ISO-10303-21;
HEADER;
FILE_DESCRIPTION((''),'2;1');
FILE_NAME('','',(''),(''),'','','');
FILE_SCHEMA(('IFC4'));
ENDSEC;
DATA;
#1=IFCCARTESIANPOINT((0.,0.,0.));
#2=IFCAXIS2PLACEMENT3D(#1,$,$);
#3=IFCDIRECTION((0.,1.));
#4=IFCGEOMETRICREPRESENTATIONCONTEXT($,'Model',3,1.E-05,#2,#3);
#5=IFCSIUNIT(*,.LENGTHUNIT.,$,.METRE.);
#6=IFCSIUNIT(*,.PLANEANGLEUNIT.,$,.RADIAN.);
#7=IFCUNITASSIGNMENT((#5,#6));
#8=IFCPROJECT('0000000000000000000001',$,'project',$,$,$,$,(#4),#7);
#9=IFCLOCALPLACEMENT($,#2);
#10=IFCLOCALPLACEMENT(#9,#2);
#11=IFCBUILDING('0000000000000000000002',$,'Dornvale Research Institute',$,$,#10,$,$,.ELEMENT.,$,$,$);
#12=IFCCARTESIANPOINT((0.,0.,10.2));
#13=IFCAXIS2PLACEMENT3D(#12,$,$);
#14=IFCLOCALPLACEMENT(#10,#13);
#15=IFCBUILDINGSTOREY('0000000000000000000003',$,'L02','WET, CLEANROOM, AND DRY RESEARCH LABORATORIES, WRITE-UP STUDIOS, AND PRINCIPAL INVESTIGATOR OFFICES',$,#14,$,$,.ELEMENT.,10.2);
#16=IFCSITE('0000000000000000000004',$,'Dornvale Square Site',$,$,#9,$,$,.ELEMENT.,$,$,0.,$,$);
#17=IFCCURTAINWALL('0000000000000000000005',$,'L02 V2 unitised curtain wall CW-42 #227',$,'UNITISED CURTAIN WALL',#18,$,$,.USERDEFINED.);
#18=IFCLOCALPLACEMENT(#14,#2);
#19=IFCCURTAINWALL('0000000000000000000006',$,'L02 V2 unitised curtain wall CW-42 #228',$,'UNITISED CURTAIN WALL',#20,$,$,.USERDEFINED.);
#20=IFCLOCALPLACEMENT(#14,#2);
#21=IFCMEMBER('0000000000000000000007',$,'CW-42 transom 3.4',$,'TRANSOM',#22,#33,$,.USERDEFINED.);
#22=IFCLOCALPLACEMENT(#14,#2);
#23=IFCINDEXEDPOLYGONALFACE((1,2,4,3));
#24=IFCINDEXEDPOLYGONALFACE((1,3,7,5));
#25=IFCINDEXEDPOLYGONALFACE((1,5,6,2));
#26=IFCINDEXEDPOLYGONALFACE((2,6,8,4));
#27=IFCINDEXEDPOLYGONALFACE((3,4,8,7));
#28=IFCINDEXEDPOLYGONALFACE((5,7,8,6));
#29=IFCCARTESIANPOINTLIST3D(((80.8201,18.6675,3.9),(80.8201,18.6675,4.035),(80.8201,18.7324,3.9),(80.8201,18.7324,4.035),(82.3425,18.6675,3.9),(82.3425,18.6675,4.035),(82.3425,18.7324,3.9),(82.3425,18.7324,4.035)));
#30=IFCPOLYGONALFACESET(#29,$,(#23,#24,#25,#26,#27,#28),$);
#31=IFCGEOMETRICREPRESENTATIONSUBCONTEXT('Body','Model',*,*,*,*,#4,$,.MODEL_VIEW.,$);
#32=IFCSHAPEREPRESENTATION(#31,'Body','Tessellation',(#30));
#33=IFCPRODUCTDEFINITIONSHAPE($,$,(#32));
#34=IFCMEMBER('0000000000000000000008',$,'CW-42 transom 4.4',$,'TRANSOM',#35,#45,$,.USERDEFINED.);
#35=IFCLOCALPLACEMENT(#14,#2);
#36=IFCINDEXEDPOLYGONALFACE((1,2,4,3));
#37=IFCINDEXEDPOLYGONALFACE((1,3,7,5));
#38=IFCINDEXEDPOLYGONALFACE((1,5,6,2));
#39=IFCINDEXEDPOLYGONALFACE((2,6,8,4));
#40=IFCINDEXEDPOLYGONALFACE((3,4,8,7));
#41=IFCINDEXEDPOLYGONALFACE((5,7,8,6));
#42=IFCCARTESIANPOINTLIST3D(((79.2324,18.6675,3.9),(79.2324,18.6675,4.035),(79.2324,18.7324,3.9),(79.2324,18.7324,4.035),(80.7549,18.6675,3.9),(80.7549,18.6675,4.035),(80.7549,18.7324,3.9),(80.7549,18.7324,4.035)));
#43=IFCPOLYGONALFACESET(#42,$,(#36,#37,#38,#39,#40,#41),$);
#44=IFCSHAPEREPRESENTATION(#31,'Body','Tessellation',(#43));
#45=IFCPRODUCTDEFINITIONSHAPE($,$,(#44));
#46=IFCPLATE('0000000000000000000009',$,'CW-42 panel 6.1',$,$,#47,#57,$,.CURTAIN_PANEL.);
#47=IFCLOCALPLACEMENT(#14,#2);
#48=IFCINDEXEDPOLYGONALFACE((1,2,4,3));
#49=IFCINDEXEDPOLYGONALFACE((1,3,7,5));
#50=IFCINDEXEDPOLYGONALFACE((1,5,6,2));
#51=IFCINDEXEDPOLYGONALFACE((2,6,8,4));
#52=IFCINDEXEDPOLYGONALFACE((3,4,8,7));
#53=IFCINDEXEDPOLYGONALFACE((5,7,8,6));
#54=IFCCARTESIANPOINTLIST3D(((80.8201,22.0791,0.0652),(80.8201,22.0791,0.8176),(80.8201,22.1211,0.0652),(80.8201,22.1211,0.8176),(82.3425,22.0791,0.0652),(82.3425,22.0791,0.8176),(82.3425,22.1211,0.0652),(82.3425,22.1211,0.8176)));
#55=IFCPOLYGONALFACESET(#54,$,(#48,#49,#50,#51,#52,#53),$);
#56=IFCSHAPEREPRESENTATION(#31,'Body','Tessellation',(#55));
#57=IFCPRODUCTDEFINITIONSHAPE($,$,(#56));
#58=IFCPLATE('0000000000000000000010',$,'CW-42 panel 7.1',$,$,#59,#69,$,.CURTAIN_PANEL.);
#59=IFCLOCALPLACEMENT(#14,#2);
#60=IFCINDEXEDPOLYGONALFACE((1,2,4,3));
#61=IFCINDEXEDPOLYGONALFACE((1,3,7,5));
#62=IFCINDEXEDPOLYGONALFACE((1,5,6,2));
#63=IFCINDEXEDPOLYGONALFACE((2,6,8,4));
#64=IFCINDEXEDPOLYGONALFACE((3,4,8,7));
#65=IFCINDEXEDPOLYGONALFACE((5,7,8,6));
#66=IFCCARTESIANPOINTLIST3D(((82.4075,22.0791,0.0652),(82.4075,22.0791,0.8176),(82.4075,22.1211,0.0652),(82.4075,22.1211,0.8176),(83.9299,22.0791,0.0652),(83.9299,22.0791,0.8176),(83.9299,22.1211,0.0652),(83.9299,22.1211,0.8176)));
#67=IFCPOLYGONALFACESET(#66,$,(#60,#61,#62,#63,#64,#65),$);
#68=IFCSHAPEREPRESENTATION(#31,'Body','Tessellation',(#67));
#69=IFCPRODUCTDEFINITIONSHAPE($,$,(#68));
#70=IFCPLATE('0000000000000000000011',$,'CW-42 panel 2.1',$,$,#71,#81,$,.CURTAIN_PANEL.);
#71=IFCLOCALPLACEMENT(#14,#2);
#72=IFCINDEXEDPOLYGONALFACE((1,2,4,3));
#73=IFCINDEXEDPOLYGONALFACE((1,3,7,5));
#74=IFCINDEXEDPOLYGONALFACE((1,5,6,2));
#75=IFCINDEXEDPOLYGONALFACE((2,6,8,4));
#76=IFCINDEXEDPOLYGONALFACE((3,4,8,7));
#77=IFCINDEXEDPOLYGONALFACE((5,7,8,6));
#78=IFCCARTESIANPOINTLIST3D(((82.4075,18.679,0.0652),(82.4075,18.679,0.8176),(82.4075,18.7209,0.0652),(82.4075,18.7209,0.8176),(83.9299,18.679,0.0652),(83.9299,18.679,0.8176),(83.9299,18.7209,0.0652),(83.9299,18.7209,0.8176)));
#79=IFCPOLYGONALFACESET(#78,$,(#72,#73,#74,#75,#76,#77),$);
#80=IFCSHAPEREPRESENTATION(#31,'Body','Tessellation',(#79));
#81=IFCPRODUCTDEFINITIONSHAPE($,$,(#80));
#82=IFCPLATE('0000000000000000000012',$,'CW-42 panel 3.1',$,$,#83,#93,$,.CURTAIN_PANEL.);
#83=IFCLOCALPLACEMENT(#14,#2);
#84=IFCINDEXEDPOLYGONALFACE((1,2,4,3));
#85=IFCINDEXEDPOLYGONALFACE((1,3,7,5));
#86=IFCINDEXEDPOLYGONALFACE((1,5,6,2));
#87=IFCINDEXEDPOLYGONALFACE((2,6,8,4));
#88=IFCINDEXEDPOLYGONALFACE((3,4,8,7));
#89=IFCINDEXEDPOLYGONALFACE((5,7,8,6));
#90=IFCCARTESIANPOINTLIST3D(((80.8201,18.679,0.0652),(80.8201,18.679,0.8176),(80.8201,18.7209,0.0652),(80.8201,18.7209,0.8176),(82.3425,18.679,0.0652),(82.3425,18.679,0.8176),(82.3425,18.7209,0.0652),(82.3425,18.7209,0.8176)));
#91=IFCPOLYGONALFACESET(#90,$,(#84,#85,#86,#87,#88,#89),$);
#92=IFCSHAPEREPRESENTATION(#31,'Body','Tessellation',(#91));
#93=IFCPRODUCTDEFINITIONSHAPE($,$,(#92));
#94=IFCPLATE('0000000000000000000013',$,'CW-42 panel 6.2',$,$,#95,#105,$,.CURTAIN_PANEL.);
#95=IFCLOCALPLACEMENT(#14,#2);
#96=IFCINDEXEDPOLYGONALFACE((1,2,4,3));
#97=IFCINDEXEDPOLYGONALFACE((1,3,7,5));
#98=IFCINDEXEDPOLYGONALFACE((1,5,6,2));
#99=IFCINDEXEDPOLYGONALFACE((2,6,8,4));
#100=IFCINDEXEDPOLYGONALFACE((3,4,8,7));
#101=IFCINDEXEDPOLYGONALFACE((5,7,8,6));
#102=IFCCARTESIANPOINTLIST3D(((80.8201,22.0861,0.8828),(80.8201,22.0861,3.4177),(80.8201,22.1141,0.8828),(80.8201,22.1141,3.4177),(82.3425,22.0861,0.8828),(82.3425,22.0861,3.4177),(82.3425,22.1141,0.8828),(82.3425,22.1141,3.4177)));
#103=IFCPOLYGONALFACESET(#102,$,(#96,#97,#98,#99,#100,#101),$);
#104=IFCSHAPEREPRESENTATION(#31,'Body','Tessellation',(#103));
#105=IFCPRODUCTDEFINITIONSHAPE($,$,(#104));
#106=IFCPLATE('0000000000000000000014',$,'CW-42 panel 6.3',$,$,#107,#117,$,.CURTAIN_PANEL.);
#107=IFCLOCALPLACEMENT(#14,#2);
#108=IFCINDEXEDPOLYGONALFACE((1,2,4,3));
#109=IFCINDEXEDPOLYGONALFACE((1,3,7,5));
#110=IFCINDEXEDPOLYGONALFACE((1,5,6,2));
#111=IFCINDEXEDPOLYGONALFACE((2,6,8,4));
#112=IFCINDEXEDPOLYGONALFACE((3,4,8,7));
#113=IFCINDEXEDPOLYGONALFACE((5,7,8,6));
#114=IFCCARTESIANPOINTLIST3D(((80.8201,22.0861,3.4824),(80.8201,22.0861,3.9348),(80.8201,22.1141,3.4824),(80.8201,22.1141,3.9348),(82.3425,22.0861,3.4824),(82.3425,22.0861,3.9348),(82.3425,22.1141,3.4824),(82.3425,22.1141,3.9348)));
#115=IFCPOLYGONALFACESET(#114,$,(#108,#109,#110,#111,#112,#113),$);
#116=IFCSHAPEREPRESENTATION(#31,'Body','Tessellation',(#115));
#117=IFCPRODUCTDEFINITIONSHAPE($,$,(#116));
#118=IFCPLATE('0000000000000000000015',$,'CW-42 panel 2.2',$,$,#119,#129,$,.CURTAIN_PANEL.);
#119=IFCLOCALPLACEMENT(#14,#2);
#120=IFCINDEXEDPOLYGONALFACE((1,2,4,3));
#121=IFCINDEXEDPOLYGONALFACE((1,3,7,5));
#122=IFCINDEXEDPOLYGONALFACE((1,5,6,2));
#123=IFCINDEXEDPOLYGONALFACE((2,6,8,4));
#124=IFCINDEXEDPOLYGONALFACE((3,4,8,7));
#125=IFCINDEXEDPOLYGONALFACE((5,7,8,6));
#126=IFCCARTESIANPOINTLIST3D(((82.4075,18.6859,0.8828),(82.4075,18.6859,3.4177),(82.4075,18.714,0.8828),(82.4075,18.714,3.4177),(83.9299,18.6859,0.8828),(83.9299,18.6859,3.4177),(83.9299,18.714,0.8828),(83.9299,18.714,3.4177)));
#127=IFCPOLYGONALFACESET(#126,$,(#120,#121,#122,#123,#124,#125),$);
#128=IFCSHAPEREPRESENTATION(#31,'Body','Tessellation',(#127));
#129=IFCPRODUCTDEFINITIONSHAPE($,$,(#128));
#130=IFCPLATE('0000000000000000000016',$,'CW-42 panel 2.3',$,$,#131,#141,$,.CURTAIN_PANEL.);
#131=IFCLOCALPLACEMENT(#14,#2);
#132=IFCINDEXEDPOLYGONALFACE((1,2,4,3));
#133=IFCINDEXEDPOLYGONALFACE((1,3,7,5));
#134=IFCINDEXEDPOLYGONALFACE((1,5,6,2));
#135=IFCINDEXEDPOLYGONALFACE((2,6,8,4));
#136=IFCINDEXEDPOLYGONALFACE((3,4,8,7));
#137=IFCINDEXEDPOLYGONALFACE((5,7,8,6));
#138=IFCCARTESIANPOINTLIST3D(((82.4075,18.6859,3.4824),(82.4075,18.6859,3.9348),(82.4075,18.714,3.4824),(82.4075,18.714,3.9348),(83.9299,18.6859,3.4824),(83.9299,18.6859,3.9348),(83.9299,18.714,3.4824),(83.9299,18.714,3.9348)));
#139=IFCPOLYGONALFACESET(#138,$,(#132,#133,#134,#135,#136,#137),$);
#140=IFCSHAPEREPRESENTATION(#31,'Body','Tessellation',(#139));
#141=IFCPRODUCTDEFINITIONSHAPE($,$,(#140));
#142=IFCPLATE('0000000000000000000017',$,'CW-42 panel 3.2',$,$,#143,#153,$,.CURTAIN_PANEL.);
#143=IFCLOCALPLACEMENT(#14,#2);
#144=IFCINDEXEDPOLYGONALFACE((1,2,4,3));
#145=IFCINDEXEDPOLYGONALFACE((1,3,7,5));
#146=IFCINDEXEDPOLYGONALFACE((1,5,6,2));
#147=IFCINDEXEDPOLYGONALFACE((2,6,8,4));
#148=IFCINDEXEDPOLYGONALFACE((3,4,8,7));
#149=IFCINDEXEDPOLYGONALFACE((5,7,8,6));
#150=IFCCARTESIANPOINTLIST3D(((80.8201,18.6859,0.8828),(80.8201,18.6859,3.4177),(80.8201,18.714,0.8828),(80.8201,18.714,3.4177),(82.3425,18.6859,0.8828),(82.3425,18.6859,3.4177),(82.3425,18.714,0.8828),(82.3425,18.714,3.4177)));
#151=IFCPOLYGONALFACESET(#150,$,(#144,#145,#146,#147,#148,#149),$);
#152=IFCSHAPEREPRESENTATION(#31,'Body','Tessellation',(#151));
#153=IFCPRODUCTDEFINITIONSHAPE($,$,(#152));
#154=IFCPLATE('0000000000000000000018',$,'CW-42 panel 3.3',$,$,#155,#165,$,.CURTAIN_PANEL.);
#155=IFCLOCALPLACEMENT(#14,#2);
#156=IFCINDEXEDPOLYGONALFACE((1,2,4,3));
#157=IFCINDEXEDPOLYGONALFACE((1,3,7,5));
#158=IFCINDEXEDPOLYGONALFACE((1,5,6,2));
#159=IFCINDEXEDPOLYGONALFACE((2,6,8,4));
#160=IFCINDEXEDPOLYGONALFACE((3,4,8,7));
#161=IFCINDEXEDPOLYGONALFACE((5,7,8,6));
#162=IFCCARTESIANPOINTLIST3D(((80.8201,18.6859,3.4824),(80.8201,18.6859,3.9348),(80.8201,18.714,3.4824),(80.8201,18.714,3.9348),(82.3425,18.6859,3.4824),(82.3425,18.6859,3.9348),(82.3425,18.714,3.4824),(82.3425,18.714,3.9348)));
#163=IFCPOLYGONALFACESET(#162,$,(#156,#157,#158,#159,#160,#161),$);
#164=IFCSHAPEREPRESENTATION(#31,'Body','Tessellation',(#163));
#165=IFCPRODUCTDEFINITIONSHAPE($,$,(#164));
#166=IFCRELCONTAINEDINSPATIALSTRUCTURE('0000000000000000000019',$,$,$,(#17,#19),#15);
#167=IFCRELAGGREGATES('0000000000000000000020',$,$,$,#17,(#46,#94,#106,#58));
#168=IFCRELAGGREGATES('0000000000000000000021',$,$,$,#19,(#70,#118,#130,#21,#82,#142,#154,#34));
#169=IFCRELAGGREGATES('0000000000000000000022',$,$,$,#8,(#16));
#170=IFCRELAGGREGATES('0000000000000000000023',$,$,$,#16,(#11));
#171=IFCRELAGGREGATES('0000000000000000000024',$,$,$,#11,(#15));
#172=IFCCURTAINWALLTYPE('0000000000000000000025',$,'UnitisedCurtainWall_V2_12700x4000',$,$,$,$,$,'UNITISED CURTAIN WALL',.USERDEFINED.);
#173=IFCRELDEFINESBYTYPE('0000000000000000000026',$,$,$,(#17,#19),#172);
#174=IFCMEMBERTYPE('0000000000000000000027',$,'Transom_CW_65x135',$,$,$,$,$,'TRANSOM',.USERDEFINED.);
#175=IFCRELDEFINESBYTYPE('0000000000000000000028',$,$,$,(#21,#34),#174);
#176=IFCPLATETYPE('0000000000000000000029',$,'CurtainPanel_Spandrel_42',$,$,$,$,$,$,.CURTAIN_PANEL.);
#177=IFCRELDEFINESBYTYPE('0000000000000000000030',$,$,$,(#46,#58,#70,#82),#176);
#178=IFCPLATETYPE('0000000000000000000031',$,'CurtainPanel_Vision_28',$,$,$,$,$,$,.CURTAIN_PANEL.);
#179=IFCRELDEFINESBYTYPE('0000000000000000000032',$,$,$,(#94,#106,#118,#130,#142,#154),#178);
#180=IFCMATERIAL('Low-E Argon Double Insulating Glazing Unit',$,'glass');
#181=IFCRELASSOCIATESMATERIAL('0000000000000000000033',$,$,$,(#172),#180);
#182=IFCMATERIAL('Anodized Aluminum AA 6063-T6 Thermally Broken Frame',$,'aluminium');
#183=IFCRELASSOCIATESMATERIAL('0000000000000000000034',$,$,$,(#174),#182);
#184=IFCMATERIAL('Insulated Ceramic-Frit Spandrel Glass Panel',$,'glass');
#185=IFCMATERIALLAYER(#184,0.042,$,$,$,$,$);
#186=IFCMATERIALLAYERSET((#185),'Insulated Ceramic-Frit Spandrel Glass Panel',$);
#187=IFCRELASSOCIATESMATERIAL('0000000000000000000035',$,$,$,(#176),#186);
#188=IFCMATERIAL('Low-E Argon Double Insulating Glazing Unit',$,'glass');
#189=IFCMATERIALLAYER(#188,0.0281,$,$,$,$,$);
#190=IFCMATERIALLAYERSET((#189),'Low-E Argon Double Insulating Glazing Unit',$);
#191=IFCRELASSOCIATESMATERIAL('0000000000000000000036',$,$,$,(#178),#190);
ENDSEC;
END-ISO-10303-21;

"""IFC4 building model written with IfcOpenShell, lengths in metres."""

from ifc_helpers import new_model, si_unit, direction, frame, origin, origin_2d, place, context, subcontext, project, spatial, rectangle, extrude, material, layer, layer_set, material_profile, profile_set, type_object, element, aggregate, save


model = new_model("IFC4")

# Units and contexts
model_context = context("Model", 3, precision=1e-05, world=origin(), true_north=direction((0.0, 1.0)))
body_context = subcontext(model_context, "Body", "Model", "MODEL_VIEW")
ifc_project = project(units=[si_unit("LENGTHUNIT", "METRE"), si_unit("PLANEANGLEUNIT", "RADIAN")], contexts=[model_context])

# Site, building, storey
site_placement = place(None, origin())
site = spatial("IfcSite", under=ifc_project, at=site_placement, Name="Dornvale Square Site", CompositionType="ELEMENT", RefElevation=0.0)
building_placement = place(site_placement, origin())
building = spatial("IfcBuilding", under=site, at=building_placement, Name="Dornvale Research Institute", CompositionType="ELEMENT")
storey_placement = place(building_placement, frame((0.0, 0.0, 10.2)))
storey = spatial("IfcBuildingStorey", under=building, at=storey_placement, Name="L02", Description="WET, CLEANROOM, AND DRY RESEARCH LABORATORIES, WRITE-UP STUDIOS, AND PRINCIPAL INVESTIGATOR OFFICES", CompositionType="ELEMENT", Elevation=10.2)

# Curtain walls
ifc_material_1 = material(Name="Low-E Argon Double Insulating Glazing Unit", Category="glass")
curtain_wall_type = type_object("IfcCurtainWallType", Name="UnitisedCurtainWall_V2_12700x4000", ElementType="UNITISED CURTAIN WALL", PredefinedType="USERDEFINED", material=ifc_material_1)
curtain_wall_1_placement = place(storey_placement, origin())
curtain_wall_1 = element("IfcCurtainWall", 1, at=curtain_wall_1_placement, inside=storey, type_object=curtain_wall_type, Name="L02 V2 unitised curtain wall CW-42 #227", ObjectType="UNITISED CURTAIN WALL", PredefinedType="USERDEFINED")
curtain_wall_2_placement = place(storey_placement, origin())
curtain_wall_2 = element("IfcCurtainWall", 2, at=curtain_wall_2_placement, inside=storey, type_object=curtain_wall_type, Name="L02 V2 unitised curtain wall CW-42 #228", ObjectType="UNITISED CURTAIN WALL", PredefinedType="USERDEFINED")

# Members
ifc_material_2 = material(Name="Anodized Aluminum AA 6063-T6 Thermally Broken Frame", Category="aluminium")
ifc_material_profile_1 = material_profile(ifc_material_2, rectangle(XDim=0.0649, YDim=0.135, at=origin_2d()), Name="ALU TRANSOM 65x135")
ifc_profile_set_1 = profile_set([ifc_material_profile_1], Name="Anodized Aluminum AA 6063-T6 Thermally Broken Frame")
member_type_1 = type_object("IfcMemberType", Name="Transom_CW_65x135", ElementType="TRANSOM", PredefinedType="USERDEFINED", material=ifc_profile_set_1)
member_1_placement = place(storey_placement, frame((82.3425, 18.7, 3.9675), z_axis=(-1.0, 0.0, 0.0), x_axis=(0.0, -1.0, 0.0)))
member_1 = element("IfcMember", 3, at=member_1_placement, type_object=member_type_1, Name="CW-42 transom 3.4", ObjectType="TRANSOM", PredefinedType="USERDEFINED", context=body_context, shape_type="SweptSolid", body=[
    extrude(rectangle(XDim=0.0649, YDim=0.135, at=origin_2d()), origin(), (0.0, 0.0, 1.0), 1.5225),
])
member_2_placement = place(storey_placement, frame((80.7549, 18.7, 3.9675), z_axis=(-1.0, 0.0, 0.0), x_axis=(0.0, -1.0, 0.0)))
member_2 = element("IfcMember", 4, at=member_2_placement, type_object=member_type_1, Name="CW-42 transom 4.4", ObjectType="TRANSOM", PredefinedType="USERDEFINED", context=body_context, shape_type="SweptSolid", body=[
    extrude(rectangle(XDim=0.0649, YDim=0.135, at=origin_2d()), origin(), (0.0, 0.0, 1.0), 1.5225),
])

# Plates
ifc_material_3 = material(Name="Insulated Ceramic-Frit Spandrel Glass Panel", Category="glass")
ifc_layer_1 = layer(ifc_material_3, 0.042)
ifc_layer_set_1 = layer_set([ifc_layer_1], Name="Insulated Ceramic-Frit Spandrel Glass Panel")
plate_type_1 = type_object("IfcPlateType", Name="CurtainPanel_Spandrel_42", PredefinedType="CURTAIN_PANEL", material=ifc_layer_set_1)
plate_1_placement = place(storey_placement, frame((81.5813, 22.1001, 0.0652), z_axis=(0.0, 0.0, 1.0), x_axis=(1.0, 0.0, 0.0)))
plate_1 = element("IfcPlate", 5, at=plate_1_placement, type_object=plate_type_1, Name="CW-42 panel 6.1", PredefinedType="CURTAIN_PANEL", context=body_context, shape_type="SweptSolid", body=[
    extrude(rectangle(XDim=1.5225, YDim=0.042, at=origin_2d()), origin(), (0.0, 0.0, 1.0), 0.7524),
])
plate_2_placement = place(storey_placement, frame((83.1687, 22.1001, 0.0652), z_axis=(0.0, 0.0, 1.0), x_axis=(1.0, 0.0, 0.0)))
plate_2 = element("IfcPlate", 6, at=plate_2_placement, type_object=plate_type_1, Name="CW-42 panel 7.1", PredefinedType="CURTAIN_PANEL", context=body_context, shape_type="SweptSolid", body=[
    extrude(rectangle(XDim=1.5225, YDim=0.042, at=origin_2d()), origin(), (0.0, 0.0, 1.0), 0.7524),
])
plate_3_placement = place(storey_placement, frame((83.1687, 18.7, 0.0652), z_axis=(0.0, 0.0, 1.0), x_axis=(-1.0, 0.0, 0.0)))
plate_3 = element("IfcPlate", 7, at=plate_3_placement, type_object=plate_type_1, Name="CW-42 panel 2.1", PredefinedType="CURTAIN_PANEL", context=body_context, shape_type="SweptSolid", body=[
    extrude(rectangle(XDim=1.5225, YDim=0.042, at=origin_2d()), origin(), (0.0, 0.0, 1.0), 0.7524),
])
plate_4_placement = place(storey_placement, frame((81.5813, 18.7, 0.0652), z_axis=(0.0, 0.0, 1.0), x_axis=(-1.0, 0.0, 0.0)))
plate_4 = element("IfcPlate", 8, at=plate_4_placement, type_object=plate_type_1, Name="CW-42 panel 3.1", PredefinedType="CURTAIN_PANEL", context=body_context, shape_type="SweptSolid", body=[
    extrude(rectangle(XDim=1.5225, YDim=0.042, at=origin_2d()), origin(), (0.0, 0.0, 1.0), 0.7524),
])
ifc_material_4 = material(Name="Low-E Argon Double Insulating Glazing Unit", Category="glass")
ifc_layer_2 = layer(ifc_material_4, 0.0281)
ifc_layer_set_2 = layer_set([ifc_layer_2], Name="Low-E Argon Double Insulating Glazing Unit")
plate_type_2 = type_object("IfcPlateType", Name="CurtainPanel_Vision_28", PredefinedType="CURTAIN_PANEL", material=ifc_layer_set_2)
plate_5_placement = place(storey_placement, frame((81.5813, 22.1001, 0.8828), z_axis=(0.0, 0.0, 1.0), x_axis=(1.0, 0.0, 0.0)))
plate_5 = element("IfcPlate", 9, at=plate_5_placement, type_object=plate_type_2, Name="CW-42 panel 6.2", PredefinedType="CURTAIN_PANEL", context=body_context, shape_type="SweptSolid", body=[
    extrude(rectangle(XDim=1.5225, YDim=0.0281, at=origin_2d()), origin(), (0.0, 0.0, 1.0), 2.5349),
])
plate_6_placement = place(storey_placement, frame((81.5813, 22.1001, 3.4824), z_axis=(0.0, 0.0, 1.0), x_axis=(1.0, 0.0, 0.0)))
plate_6 = element("IfcPlate", 10, at=plate_6_placement, type_object=plate_type_2, Name="CW-42 panel 6.3", PredefinedType="CURTAIN_PANEL", context=body_context, shape_type="SweptSolid", body=[
    extrude(rectangle(XDim=1.5225, YDim=0.0281, at=origin_2d()), origin(), (0.0, 0.0, 1.0), 0.4524),
])
aggregate(curtain_wall_1, [plate_1, plate_5, plate_6, plate_2])
plate_7_placement = place(storey_placement, frame((83.1687, 18.7, 0.8828), z_axis=(0.0, 0.0, 1.0), x_axis=(-1.0, 0.0, 0.0)))
plate_7 = element("IfcPlate", 11, at=plate_7_placement, type_object=plate_type_2, Name="CW-42 panel 2.2", PredefinedType="CURTAIN_PANEL", context=body_context, shape_type="SweptSolid", body=[
    extrude(rectangle(XDim=1.5225, YDim=0.0281, at=origin_2d()), origin(), (0.0, 0.0, 1.0), 2.5349),
])
plate_8_placement = place(storey_placement, frame((83.1687, 18.7, 3.4824), z_axis=(0.0, 0.0, 1.0), x_axis=(-1.0, 0.0, 0.0)))
plate_8 = element("IfcPlate", 12, at=plate_8_placement, type_object=plate_type_2, Name="CW-42 panel 2.3", PredefinedType="CURTAIN_PANEL", context=body_context, shape_type="SweptSolid", body=[
    extrude(rectangle(XDim=1.5225, YDim=0.0281, at=origin_2d()), origin(), (0.0, 0.0, 1.0), 0.4524),
])
plate_9_placement = place(storey_placement, frame((81.5813, 18.7, 0.8828), z_axis=(0.0, 0.0, 1.0), x_axis=(-1.0, 0.0, 0.0)))
plate_9 = element("IfcPlate", 13, at=plate_9_placement, type_object=plate_type_2, Name="CW-42 panel 3.2", PredefinedType="CURTAIN_PANEL", context=body_context, shape_type="SweptSolid", body=[
    extrude(rectangle(XDim=1.5225, YDim=0.0281, at=origin_2d()), origin(), (0.0, 0.0, 1.0), 2.5349),
])
plate_10_placement = place(storey_placement, frame((81.5813, 18.7, 3.4824), z_axis=(0.0, 0.0, 1.0), x_axis=(-1.0, 0.0, 0.0)))
plate_10 = element("IfcPlate", 14, at=plate_10_placement, type_object=plate_type_2, Name="CW-42 panel 3.3", PredefinedType="CURTAIN_PANEL", context=body_context, shape_type="SweptSolid", body=[
    extrude(rectangle(XDim=1.5225, YDim=0.0281, at=origin_2d()), origin(), (0.0, 0.0, 1.0), 0.4524),
])
aggregate(curtain_wall_2, [plate_3, plate_7, plate_8, member_1, plate_4, plate_9, plate_10, member_2])

save(model, "model.ifc")
